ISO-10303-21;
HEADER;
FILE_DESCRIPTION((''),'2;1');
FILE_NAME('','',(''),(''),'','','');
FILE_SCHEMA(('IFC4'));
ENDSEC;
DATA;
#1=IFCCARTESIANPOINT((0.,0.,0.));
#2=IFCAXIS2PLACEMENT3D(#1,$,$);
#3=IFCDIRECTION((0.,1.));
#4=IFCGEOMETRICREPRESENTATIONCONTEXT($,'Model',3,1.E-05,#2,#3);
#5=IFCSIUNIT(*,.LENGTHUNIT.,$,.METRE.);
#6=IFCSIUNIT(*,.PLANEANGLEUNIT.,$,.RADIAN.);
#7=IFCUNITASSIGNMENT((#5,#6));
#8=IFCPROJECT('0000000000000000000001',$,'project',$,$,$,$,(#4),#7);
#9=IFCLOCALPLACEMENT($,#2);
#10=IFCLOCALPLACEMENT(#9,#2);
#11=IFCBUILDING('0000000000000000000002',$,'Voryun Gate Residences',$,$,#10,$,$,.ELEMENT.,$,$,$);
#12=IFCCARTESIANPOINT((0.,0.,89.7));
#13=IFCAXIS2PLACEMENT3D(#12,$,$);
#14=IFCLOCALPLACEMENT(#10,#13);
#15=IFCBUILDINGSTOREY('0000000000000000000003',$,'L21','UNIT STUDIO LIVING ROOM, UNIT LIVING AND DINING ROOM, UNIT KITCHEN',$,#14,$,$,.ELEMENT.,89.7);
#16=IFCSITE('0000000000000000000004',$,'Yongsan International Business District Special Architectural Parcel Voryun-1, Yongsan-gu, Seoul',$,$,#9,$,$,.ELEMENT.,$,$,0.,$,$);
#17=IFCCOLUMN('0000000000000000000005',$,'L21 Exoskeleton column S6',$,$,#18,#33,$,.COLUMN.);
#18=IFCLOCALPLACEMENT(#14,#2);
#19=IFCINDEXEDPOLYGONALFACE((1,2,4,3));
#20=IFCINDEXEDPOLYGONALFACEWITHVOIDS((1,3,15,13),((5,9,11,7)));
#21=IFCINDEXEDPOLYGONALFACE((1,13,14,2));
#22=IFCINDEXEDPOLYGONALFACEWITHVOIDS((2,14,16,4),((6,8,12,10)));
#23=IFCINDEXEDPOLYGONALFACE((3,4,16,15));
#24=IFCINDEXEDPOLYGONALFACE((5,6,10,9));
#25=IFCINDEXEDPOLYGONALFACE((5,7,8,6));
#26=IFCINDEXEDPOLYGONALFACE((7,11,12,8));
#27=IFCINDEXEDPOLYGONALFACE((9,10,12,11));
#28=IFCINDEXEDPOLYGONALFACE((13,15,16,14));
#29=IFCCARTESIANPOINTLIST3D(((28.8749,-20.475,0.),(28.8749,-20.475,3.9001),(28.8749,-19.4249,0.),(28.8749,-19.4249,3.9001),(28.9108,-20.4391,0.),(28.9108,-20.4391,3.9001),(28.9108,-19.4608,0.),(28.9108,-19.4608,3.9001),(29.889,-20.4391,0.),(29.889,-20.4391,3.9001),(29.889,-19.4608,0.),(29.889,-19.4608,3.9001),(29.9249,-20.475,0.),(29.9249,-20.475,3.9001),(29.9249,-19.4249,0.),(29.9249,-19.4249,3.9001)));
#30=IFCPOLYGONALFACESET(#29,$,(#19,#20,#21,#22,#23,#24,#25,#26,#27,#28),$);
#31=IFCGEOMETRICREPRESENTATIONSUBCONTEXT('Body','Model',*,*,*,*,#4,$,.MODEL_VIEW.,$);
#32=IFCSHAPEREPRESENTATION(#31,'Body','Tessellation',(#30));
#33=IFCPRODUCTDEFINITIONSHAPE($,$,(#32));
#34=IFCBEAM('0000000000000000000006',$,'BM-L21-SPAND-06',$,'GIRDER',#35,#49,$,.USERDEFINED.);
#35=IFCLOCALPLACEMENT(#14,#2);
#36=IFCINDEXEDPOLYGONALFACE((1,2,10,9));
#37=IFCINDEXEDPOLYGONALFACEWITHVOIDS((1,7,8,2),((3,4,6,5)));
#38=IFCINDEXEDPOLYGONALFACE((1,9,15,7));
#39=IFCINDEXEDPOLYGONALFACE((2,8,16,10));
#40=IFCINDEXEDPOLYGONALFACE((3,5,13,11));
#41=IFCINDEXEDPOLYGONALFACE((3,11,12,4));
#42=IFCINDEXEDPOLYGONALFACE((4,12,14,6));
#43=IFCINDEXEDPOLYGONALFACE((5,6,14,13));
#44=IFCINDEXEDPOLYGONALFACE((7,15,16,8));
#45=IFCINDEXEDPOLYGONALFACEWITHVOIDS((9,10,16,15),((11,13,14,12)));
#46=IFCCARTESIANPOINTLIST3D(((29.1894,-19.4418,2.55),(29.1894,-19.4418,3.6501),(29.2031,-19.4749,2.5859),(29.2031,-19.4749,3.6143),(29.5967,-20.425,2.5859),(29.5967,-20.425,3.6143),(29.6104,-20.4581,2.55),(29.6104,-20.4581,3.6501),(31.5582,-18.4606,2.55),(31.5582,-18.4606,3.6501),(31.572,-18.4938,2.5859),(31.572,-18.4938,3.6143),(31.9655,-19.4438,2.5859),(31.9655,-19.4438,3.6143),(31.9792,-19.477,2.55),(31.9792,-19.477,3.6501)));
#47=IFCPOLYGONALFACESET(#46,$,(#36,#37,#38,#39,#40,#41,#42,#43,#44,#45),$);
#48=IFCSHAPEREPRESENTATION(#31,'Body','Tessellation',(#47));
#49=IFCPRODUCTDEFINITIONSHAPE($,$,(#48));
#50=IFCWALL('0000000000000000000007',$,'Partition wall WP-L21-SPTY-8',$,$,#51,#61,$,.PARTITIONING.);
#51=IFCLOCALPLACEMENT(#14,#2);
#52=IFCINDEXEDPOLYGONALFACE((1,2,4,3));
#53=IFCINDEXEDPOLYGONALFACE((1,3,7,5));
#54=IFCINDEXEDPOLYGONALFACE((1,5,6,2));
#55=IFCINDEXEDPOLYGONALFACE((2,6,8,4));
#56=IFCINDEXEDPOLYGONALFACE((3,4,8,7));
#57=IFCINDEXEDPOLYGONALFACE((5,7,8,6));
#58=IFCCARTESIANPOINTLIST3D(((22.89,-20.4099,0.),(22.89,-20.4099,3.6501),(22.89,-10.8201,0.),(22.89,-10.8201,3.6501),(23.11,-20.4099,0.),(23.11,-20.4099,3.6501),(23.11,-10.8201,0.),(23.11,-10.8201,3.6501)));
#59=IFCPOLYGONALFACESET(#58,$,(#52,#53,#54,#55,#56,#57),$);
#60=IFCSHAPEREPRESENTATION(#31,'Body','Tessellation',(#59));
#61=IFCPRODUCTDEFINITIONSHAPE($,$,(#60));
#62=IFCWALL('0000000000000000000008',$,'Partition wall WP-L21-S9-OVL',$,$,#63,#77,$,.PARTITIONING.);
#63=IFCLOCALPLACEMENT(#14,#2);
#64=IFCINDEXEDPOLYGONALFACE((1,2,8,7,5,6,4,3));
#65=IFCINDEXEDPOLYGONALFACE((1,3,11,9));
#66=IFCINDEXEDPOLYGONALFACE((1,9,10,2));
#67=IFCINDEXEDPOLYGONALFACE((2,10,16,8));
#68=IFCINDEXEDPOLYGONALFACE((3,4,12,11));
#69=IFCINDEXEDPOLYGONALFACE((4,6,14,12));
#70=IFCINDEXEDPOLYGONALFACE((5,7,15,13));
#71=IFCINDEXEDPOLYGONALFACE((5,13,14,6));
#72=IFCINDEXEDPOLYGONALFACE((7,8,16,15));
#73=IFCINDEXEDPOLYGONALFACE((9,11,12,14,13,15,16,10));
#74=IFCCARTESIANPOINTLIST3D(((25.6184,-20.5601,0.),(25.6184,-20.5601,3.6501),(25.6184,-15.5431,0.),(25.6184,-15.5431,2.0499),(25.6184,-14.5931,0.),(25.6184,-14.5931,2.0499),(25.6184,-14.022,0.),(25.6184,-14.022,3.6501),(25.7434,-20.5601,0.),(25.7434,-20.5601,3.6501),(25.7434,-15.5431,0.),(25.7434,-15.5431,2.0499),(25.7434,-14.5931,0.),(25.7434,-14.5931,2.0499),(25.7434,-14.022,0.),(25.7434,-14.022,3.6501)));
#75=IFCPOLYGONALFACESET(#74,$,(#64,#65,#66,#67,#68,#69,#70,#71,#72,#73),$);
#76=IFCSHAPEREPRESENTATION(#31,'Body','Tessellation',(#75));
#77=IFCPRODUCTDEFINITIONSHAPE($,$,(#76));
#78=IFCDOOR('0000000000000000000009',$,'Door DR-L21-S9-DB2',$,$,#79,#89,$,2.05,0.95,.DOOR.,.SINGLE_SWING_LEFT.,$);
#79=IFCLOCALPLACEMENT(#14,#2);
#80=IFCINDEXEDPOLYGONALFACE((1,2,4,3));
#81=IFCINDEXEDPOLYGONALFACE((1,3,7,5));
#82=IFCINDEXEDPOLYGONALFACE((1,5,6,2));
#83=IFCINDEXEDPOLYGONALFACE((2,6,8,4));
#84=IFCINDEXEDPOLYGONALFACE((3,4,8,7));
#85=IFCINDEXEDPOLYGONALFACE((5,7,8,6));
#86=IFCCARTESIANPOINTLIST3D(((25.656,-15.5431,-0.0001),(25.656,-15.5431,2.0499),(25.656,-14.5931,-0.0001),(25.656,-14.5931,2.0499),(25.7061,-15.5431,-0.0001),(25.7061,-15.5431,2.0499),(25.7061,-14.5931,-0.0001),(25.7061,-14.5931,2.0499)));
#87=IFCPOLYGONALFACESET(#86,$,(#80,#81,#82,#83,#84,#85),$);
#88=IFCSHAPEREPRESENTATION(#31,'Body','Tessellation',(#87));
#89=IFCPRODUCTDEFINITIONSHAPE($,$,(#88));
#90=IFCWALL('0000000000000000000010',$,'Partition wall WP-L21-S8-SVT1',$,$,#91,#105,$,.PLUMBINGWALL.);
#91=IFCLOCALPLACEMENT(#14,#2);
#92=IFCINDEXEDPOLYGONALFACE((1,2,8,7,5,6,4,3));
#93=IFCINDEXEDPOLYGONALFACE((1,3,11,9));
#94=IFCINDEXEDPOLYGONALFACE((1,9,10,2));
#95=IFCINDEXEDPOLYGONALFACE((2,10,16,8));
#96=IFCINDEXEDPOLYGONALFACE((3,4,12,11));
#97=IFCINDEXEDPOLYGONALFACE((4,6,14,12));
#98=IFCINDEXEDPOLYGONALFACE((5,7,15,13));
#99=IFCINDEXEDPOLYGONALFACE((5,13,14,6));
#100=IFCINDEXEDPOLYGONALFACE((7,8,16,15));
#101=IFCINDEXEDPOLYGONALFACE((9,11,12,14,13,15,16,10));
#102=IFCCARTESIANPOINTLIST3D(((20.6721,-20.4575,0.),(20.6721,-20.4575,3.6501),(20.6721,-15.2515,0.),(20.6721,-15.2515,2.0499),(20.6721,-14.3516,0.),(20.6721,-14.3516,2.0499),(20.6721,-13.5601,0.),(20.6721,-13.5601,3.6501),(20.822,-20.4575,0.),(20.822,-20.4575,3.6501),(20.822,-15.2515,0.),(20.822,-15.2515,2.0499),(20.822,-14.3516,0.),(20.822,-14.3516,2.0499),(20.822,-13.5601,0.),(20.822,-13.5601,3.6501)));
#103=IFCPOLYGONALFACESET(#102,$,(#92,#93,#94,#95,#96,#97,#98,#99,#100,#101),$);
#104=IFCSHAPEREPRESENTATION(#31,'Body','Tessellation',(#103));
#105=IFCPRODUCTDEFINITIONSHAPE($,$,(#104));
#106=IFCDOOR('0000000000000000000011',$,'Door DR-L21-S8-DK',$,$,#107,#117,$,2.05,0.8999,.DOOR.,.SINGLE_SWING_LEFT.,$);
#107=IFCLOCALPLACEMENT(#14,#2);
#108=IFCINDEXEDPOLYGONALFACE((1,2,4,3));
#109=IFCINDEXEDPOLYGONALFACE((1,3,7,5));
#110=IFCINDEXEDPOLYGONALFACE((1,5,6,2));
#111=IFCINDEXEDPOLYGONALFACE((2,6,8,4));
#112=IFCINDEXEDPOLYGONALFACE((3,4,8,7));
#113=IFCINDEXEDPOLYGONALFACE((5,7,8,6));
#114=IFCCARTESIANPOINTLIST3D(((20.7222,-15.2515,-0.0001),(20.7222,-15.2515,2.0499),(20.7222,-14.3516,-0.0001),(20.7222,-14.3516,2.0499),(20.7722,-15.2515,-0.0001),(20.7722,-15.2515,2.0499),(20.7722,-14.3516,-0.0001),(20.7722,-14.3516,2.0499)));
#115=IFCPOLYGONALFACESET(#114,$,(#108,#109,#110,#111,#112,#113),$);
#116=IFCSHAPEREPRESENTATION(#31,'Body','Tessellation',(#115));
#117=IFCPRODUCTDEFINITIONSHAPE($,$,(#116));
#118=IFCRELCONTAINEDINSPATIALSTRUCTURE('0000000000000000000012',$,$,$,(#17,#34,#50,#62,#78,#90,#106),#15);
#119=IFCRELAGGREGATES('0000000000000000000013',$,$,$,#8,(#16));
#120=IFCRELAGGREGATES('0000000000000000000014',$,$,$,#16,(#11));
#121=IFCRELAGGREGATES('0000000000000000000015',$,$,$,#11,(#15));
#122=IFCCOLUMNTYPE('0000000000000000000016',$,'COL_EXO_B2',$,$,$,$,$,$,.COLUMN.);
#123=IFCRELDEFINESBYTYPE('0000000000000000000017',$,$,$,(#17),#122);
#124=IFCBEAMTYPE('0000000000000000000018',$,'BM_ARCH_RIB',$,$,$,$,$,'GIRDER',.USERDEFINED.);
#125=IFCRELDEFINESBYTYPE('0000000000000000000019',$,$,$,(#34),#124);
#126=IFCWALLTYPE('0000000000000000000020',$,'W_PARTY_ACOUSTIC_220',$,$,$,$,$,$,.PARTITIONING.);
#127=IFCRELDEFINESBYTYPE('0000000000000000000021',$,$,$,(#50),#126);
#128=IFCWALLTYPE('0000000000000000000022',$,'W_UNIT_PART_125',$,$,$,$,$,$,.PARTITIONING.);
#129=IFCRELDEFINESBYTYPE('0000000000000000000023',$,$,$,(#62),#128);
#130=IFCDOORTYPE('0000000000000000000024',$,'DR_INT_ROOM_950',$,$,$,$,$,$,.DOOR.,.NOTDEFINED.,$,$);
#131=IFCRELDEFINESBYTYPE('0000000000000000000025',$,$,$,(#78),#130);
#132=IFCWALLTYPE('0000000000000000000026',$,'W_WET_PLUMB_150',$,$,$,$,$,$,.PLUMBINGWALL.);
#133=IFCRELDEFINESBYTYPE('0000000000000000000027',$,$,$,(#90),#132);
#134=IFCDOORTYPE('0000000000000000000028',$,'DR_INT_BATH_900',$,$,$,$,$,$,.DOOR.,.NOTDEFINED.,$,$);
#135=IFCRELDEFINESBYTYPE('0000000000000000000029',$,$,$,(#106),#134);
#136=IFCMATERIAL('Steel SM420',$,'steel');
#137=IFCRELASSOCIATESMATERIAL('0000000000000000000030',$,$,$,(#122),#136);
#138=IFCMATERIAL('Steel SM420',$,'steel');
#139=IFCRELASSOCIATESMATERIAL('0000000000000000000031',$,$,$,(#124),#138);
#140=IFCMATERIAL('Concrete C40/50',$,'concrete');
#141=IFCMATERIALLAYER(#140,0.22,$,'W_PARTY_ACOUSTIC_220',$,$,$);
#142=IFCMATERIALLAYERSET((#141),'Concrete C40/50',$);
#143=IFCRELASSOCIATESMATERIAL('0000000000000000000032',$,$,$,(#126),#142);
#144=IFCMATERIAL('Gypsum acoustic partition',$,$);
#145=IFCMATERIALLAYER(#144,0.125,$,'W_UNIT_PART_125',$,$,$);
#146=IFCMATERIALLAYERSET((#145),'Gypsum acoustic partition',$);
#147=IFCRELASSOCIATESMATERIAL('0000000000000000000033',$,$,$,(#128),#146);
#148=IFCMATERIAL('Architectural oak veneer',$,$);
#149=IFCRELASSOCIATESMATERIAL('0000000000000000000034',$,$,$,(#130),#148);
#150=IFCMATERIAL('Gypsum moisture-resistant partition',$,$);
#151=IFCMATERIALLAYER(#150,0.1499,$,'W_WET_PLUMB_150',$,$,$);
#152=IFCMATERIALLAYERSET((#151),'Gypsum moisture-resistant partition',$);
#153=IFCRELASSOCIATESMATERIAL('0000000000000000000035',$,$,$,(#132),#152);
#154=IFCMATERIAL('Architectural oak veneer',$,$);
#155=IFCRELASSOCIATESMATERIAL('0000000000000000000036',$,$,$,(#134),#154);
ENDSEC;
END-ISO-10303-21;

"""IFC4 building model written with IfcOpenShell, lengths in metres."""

from ifc_helpers import new_model, si_unit, direction, frame, frame_2d, origin, origin_2d, place, context, subcontext, project, spatial, rectangle, hollow_rectangle, extrude, material, layer, layer_set, material_profile, profile_set, type_object, element, fill, save


model = new_model("IFC4")

# Units and contexts
model_context = context("Model", 3, precision=1e-05, world=origin(), true_north=direction((0.0, 1.0)))
body_context = subcontext(model_context, "Body", "Model", "MODEL_VIEW")
ifc_project = project(units=[si_unit("LENGTHUNIT", "METRE"), si_unit("PLANEANGLEUNIT", "RADIAN")], contexts=[model_context])

# Site, building, storey
site_placement = place(None, origin())
site = spatial("IfcSite", under=ifc_project, at=site_placement, Name="Yongsan International Business District Special Architectural Parcel Voryun-1, Yongsan-gu, Seoul", CompositionType="ELEMENT", RefElevation=0.0)
building_placement = place(site_placement, origin())
building = spatial("IfcBuilding", under=site, at=building_placement, Name="Voryun Gate Residences", CompositionType="ELEMENT")
storey_placement = place(building_placement, frame((0.0, 0.0, 89.7)))
storey = spatial("IfcBuildingStorey", under=building, at=storey_placement, Name="L21", Description="UNIT STUDIO LIVING ROOM, UNIT LIVING AND DINING ROOM, UNIT KITCHEN", CompositionType="ELEMENT", Elevation=89.7)

# Column
ifc_material_1 = material(Name="Steel SM420", Category="steel")
ifc_material_profile_1 = material_profile(ifc_material_1, hollow_rectangle(XDim=1.05, YDim=1.05, WallThickness=0.0359, at=origin_2d()), Name="BOX-1050x1050x36")
ifc_profile_set_1 = profile_set([ifc_material_profile_1], Name="Steel SM420")
column_type = type_object("IfcColumnType", Name="COL_EXO_B2", PredefinedType="COLUMN", material=ifc_profile_set_1)
column_placement = place(storey_placement, frame((29.3999, -19.95, 0.0), z_axis=(0.0, 0.0, 1.0), x_axis=(1.0, 0.0, 0.0)))
element("IfcColumn", 1, at=column_placement, inside=storey, type_object=column_type, Name="L21 Exoskeleton column S6", PredefinedType="COLUMN", context=body_context, shape_type="SweptSolid", body=[
    extrude(hollow_rectangle(XDim=1.05, YDim=1.05, WallThickness=0.0359, at=origin_2d()), origin(), (0.0, 0.0, 1.0), 3.9001),
])

# Beam
ifc_material_2 = material(Name="Steel SM420", Category="steel")
ifc_material_profile_2 = material_profile(ifc_material_2, hollow_rectangle(XDim=1.1001, YDim=1.1001, WallThickness=0.0359, at=origin_2d()), Name="BOX-1100x1100x36")
ifc_profile_set_2 = profile_set([ifc_material_profile_2], Name="Steel SM420")
beam_type = type_object("IfcBeamType", Name="BM_ARCH_RIB", ElementType="GIRDER", PredefinedType="USERDEFINED", material=ifc_profile_set_2)
beam_placement = place(storey_placement, frame((29.3999, -19.95, 3.1001), z_axis=(0.923883, 0.382674, 0.0), x_axis=(-0.382674, 0.923883, 0.0)))
element("IfcBeam", 2, at=beam_placement, inside=storey, type_object=beam_type, Name="BM-L21-SPAND-06", ObjectType="GIRDER", PredefinedType="USERDEFINED", context=body_context, shape_type="SweptSolid", body=[
    extrude(hollow_rectangle(XDim=1.1001, YDim=1.1001, WallThickness=0.0359, at=origin_2d()), origin(), (0.0, 0.0, 1.0), 2.564),
])

# Wall
ifc_material_3 = material(Name="Concrete C40/50", Category="concrete")
ifc_layer_1 = layer(ifc_material_3, 0.22, Name="W_PARTY_ACOUSTIC_220")
ifc_layer_set_1 = layer_set([ifc_layer_1], Name="Concrete C40/50")
wall_type_1 = type_object("IfcWallType", Name="W_PARTY_ACOUSTIC_220", PredefinedType="PARTITIONING", material=ifc_layer_set_1)
wall_1_placement = place(storey_placement, frame((23.0, -20.4099, 0.0), z_axis=(0.0, 0.0, 1.0), x_axis=(0.0, 1.0, 0.0)))
element("IfcWall", 3, at=wall_1_placement, inside=storey, type_object=wall_type_1, Name="Partition wall WP-L21-SPTY-8", PredefinedType="PARTITIONING", context=body_context, shape_type="SweptSolid", body=[
    extrude(rectangle(XDim=9.5898, YDim=0.22, at=frame_2d((4.7949, 0.0))), origin(), (0.0, 0.0, 1.0), 3.6501),
])

# Walls, openings, doors
ifc_material_4 = material(Name="Gypsum acoustic partition")
ifc_layer_2 = layer(ifc_material_4, 0.125, Name="W_UNIT_PART_125")
ifc_layer_set_2 = layer_set([ifc_layer_2], Name="Gypsum acoustic partition")
wall_type_2 = type_object("IfcWallType", Name="W_UNIT_PART_125", PredefinedType="PARTITIONING", material=ifc_layer_set_2)
wall_2_placement = place(storey_placement, frame((25.6809, -20.5601, 0.0), z_axis=(0.0, 0.0, 1.0), x_axis=(0.0, 1.0, 0.0)))
wall_2 = element("IfcWall", 4, at=wall_2_placement, inside=storey, type_object=wall_type_2, Name="Partition wall WP-L21-S9-OVL", PredefinedType="PARTITIONING", context=body_context, shape_type="SweptSolid", body=[
    extrude(rectangle(XDim=6.5381, YDim=0.125, at=frame_2d((3.269, 0.0))), origin(), (0.0, 0.0, 1.0), 3.6501),
])
opening_1_placement = place(wall_2_placement, frame((5.0168, 0.0, 0.0)))
opening_1 = element("IfcOpeningElement", 5, at=opening_1_placement, cuts=wall_2, PredefinedType="OPENING", context=body_context, shape_type="SweptSolid", body=[
    extrude(rectangle(XDim=0.95, YDim=2.05, at=frame_2d((0.4751, 1.0249))), frame((0.0, 0.0725, 0.0), z_axis=(0.0, -1.0, 0.0), x_axis=(1.0, 0.0, 0.0)), (0.0, 0.0, 1.0), 0.145),
])
ifc_material_5 = material(Name="Architectural oak veneer")
door_type_1 = type_object("IfcDoorType", Name="DR_INT_ROOM_950", OperationType="NOTDEFINED", PredefinedType="DOOR", material=ifc_material_5)
door_1_placement = place(opening_1_placement, origin())
door_1 = element("IfcDoor", 6, at=door_1_placement, inside=storey, type_object=door_type_1, Name="Door DR-L21-S9-DB2", OperationType="SINGLE_SWING_LEFT", OverallHeight=2.05, OverallWidth=0.95, PredefinedType="DOOR", context=body_context, shape_type="SweptSolid", body=[
    extrude(rectangle(XDim=0.95, YDim=2.05, at=frame_2d((0.4751, 1.0249))), frame((0.0, 0.0249, 0.0), z_axis=(0.0, -1.0, 0.0), x_axis=(1.0, 0.0, 0.0)), (0.0, 0.0, 1.0), 0.05),
])
fill(opening_1, door_1)
ifc_material_6 = material(Name="Gypsum moisture-resistant partition")
ifc_layer_3 = layer(ifc_material_6, 0.1499, Name="W_WET_PLUMB_150")
ifc_layer_set_3 = layer_set([ifc_layer_3], Name="Gypsum moisture-resistant partition")
wall_type_3 = type_object("IfcWallType", Name="W_WET_PLUMB_150", PredefinedType="PLUMBINGWALL", material=ifc_layer_set_3)
wall_3_placement = place(storey_placement, frame((20.7471, -20.4575, 0.0), z_axis=(0.0, 0.0, 1.0), x_axis=(0.0, 1.0, 0.0)))
wall_3 = element("IfcWall", 7, at=wall_3_placement, inside=storey, type_object=wall_type_3, Name="Partition wall WP-L21-S8-SVT1", PredefinedType="PLUMBINGWALL", context=body_context, shape_type="SweptSolid", body=[
    extrude(rectangle(XDim=6.8975, YDim=0.1499, at=frame_2d((3.4487, 0.0))), origin(), (0.0, 0.0, 1.0), 3.6501),
])
opening_2_placement = place(wall_3_placement, frame((5.2061, 0.0, 0.0)))
opening_2 = element("IfcOpeningElement", 8, at=opening_2_placement, cuts=wall_3, PredefinedType="OPENING", context=body_context, shape_type="SweptSolid", body=[
    extrude(rectangle(XDim=0.8999, YDim=2.05, at=frame_2d((0.45, 1.0249))), frame((0.0, 0.085, 0.0), z_axis=(0.0, -1.0, 0.0), x_axis=(1.0, 0.0, 0.0)), (0.0, 0.0, 1.0), 0.1699),
])
ifc_material_7 = material(Name="Architectural oak veneer")
door_type_2 = type_object("IfcDoorType", Name="DR_INT_BATH_900", OperationType="NOTDEFINED", PredefinedType="DOOR", material=ifc_material_7)
door_2_placement = place(opening_2_placement, origin())
door_2 = element("IfcDoor", 9, at=door_2_placement, inside=storey, type_object=door_type_2, Name="Door DR-L21-S8-DK", OperationType="SINGLE_SWING_LEFT", OverallHeight=2.05, OverallWidth=0.8999, PredefinedType="DOOR", context=body_context, shape_type="SweptSolid", body=[
    extrude(rectangle(XDim=0.8999, YDim=2.05, at=frame_2d((0.45, 1.0249))), frame((0.0, 0.0249, 0.0), z_axis=(0.0, -1.0, 0.0), x_axis=(1.0, 0.0, 0.0)), (0.0, 0.0, 1.0), 0.05),
])
fill(opening_2, door_2)

save(model, "model.ifc")
